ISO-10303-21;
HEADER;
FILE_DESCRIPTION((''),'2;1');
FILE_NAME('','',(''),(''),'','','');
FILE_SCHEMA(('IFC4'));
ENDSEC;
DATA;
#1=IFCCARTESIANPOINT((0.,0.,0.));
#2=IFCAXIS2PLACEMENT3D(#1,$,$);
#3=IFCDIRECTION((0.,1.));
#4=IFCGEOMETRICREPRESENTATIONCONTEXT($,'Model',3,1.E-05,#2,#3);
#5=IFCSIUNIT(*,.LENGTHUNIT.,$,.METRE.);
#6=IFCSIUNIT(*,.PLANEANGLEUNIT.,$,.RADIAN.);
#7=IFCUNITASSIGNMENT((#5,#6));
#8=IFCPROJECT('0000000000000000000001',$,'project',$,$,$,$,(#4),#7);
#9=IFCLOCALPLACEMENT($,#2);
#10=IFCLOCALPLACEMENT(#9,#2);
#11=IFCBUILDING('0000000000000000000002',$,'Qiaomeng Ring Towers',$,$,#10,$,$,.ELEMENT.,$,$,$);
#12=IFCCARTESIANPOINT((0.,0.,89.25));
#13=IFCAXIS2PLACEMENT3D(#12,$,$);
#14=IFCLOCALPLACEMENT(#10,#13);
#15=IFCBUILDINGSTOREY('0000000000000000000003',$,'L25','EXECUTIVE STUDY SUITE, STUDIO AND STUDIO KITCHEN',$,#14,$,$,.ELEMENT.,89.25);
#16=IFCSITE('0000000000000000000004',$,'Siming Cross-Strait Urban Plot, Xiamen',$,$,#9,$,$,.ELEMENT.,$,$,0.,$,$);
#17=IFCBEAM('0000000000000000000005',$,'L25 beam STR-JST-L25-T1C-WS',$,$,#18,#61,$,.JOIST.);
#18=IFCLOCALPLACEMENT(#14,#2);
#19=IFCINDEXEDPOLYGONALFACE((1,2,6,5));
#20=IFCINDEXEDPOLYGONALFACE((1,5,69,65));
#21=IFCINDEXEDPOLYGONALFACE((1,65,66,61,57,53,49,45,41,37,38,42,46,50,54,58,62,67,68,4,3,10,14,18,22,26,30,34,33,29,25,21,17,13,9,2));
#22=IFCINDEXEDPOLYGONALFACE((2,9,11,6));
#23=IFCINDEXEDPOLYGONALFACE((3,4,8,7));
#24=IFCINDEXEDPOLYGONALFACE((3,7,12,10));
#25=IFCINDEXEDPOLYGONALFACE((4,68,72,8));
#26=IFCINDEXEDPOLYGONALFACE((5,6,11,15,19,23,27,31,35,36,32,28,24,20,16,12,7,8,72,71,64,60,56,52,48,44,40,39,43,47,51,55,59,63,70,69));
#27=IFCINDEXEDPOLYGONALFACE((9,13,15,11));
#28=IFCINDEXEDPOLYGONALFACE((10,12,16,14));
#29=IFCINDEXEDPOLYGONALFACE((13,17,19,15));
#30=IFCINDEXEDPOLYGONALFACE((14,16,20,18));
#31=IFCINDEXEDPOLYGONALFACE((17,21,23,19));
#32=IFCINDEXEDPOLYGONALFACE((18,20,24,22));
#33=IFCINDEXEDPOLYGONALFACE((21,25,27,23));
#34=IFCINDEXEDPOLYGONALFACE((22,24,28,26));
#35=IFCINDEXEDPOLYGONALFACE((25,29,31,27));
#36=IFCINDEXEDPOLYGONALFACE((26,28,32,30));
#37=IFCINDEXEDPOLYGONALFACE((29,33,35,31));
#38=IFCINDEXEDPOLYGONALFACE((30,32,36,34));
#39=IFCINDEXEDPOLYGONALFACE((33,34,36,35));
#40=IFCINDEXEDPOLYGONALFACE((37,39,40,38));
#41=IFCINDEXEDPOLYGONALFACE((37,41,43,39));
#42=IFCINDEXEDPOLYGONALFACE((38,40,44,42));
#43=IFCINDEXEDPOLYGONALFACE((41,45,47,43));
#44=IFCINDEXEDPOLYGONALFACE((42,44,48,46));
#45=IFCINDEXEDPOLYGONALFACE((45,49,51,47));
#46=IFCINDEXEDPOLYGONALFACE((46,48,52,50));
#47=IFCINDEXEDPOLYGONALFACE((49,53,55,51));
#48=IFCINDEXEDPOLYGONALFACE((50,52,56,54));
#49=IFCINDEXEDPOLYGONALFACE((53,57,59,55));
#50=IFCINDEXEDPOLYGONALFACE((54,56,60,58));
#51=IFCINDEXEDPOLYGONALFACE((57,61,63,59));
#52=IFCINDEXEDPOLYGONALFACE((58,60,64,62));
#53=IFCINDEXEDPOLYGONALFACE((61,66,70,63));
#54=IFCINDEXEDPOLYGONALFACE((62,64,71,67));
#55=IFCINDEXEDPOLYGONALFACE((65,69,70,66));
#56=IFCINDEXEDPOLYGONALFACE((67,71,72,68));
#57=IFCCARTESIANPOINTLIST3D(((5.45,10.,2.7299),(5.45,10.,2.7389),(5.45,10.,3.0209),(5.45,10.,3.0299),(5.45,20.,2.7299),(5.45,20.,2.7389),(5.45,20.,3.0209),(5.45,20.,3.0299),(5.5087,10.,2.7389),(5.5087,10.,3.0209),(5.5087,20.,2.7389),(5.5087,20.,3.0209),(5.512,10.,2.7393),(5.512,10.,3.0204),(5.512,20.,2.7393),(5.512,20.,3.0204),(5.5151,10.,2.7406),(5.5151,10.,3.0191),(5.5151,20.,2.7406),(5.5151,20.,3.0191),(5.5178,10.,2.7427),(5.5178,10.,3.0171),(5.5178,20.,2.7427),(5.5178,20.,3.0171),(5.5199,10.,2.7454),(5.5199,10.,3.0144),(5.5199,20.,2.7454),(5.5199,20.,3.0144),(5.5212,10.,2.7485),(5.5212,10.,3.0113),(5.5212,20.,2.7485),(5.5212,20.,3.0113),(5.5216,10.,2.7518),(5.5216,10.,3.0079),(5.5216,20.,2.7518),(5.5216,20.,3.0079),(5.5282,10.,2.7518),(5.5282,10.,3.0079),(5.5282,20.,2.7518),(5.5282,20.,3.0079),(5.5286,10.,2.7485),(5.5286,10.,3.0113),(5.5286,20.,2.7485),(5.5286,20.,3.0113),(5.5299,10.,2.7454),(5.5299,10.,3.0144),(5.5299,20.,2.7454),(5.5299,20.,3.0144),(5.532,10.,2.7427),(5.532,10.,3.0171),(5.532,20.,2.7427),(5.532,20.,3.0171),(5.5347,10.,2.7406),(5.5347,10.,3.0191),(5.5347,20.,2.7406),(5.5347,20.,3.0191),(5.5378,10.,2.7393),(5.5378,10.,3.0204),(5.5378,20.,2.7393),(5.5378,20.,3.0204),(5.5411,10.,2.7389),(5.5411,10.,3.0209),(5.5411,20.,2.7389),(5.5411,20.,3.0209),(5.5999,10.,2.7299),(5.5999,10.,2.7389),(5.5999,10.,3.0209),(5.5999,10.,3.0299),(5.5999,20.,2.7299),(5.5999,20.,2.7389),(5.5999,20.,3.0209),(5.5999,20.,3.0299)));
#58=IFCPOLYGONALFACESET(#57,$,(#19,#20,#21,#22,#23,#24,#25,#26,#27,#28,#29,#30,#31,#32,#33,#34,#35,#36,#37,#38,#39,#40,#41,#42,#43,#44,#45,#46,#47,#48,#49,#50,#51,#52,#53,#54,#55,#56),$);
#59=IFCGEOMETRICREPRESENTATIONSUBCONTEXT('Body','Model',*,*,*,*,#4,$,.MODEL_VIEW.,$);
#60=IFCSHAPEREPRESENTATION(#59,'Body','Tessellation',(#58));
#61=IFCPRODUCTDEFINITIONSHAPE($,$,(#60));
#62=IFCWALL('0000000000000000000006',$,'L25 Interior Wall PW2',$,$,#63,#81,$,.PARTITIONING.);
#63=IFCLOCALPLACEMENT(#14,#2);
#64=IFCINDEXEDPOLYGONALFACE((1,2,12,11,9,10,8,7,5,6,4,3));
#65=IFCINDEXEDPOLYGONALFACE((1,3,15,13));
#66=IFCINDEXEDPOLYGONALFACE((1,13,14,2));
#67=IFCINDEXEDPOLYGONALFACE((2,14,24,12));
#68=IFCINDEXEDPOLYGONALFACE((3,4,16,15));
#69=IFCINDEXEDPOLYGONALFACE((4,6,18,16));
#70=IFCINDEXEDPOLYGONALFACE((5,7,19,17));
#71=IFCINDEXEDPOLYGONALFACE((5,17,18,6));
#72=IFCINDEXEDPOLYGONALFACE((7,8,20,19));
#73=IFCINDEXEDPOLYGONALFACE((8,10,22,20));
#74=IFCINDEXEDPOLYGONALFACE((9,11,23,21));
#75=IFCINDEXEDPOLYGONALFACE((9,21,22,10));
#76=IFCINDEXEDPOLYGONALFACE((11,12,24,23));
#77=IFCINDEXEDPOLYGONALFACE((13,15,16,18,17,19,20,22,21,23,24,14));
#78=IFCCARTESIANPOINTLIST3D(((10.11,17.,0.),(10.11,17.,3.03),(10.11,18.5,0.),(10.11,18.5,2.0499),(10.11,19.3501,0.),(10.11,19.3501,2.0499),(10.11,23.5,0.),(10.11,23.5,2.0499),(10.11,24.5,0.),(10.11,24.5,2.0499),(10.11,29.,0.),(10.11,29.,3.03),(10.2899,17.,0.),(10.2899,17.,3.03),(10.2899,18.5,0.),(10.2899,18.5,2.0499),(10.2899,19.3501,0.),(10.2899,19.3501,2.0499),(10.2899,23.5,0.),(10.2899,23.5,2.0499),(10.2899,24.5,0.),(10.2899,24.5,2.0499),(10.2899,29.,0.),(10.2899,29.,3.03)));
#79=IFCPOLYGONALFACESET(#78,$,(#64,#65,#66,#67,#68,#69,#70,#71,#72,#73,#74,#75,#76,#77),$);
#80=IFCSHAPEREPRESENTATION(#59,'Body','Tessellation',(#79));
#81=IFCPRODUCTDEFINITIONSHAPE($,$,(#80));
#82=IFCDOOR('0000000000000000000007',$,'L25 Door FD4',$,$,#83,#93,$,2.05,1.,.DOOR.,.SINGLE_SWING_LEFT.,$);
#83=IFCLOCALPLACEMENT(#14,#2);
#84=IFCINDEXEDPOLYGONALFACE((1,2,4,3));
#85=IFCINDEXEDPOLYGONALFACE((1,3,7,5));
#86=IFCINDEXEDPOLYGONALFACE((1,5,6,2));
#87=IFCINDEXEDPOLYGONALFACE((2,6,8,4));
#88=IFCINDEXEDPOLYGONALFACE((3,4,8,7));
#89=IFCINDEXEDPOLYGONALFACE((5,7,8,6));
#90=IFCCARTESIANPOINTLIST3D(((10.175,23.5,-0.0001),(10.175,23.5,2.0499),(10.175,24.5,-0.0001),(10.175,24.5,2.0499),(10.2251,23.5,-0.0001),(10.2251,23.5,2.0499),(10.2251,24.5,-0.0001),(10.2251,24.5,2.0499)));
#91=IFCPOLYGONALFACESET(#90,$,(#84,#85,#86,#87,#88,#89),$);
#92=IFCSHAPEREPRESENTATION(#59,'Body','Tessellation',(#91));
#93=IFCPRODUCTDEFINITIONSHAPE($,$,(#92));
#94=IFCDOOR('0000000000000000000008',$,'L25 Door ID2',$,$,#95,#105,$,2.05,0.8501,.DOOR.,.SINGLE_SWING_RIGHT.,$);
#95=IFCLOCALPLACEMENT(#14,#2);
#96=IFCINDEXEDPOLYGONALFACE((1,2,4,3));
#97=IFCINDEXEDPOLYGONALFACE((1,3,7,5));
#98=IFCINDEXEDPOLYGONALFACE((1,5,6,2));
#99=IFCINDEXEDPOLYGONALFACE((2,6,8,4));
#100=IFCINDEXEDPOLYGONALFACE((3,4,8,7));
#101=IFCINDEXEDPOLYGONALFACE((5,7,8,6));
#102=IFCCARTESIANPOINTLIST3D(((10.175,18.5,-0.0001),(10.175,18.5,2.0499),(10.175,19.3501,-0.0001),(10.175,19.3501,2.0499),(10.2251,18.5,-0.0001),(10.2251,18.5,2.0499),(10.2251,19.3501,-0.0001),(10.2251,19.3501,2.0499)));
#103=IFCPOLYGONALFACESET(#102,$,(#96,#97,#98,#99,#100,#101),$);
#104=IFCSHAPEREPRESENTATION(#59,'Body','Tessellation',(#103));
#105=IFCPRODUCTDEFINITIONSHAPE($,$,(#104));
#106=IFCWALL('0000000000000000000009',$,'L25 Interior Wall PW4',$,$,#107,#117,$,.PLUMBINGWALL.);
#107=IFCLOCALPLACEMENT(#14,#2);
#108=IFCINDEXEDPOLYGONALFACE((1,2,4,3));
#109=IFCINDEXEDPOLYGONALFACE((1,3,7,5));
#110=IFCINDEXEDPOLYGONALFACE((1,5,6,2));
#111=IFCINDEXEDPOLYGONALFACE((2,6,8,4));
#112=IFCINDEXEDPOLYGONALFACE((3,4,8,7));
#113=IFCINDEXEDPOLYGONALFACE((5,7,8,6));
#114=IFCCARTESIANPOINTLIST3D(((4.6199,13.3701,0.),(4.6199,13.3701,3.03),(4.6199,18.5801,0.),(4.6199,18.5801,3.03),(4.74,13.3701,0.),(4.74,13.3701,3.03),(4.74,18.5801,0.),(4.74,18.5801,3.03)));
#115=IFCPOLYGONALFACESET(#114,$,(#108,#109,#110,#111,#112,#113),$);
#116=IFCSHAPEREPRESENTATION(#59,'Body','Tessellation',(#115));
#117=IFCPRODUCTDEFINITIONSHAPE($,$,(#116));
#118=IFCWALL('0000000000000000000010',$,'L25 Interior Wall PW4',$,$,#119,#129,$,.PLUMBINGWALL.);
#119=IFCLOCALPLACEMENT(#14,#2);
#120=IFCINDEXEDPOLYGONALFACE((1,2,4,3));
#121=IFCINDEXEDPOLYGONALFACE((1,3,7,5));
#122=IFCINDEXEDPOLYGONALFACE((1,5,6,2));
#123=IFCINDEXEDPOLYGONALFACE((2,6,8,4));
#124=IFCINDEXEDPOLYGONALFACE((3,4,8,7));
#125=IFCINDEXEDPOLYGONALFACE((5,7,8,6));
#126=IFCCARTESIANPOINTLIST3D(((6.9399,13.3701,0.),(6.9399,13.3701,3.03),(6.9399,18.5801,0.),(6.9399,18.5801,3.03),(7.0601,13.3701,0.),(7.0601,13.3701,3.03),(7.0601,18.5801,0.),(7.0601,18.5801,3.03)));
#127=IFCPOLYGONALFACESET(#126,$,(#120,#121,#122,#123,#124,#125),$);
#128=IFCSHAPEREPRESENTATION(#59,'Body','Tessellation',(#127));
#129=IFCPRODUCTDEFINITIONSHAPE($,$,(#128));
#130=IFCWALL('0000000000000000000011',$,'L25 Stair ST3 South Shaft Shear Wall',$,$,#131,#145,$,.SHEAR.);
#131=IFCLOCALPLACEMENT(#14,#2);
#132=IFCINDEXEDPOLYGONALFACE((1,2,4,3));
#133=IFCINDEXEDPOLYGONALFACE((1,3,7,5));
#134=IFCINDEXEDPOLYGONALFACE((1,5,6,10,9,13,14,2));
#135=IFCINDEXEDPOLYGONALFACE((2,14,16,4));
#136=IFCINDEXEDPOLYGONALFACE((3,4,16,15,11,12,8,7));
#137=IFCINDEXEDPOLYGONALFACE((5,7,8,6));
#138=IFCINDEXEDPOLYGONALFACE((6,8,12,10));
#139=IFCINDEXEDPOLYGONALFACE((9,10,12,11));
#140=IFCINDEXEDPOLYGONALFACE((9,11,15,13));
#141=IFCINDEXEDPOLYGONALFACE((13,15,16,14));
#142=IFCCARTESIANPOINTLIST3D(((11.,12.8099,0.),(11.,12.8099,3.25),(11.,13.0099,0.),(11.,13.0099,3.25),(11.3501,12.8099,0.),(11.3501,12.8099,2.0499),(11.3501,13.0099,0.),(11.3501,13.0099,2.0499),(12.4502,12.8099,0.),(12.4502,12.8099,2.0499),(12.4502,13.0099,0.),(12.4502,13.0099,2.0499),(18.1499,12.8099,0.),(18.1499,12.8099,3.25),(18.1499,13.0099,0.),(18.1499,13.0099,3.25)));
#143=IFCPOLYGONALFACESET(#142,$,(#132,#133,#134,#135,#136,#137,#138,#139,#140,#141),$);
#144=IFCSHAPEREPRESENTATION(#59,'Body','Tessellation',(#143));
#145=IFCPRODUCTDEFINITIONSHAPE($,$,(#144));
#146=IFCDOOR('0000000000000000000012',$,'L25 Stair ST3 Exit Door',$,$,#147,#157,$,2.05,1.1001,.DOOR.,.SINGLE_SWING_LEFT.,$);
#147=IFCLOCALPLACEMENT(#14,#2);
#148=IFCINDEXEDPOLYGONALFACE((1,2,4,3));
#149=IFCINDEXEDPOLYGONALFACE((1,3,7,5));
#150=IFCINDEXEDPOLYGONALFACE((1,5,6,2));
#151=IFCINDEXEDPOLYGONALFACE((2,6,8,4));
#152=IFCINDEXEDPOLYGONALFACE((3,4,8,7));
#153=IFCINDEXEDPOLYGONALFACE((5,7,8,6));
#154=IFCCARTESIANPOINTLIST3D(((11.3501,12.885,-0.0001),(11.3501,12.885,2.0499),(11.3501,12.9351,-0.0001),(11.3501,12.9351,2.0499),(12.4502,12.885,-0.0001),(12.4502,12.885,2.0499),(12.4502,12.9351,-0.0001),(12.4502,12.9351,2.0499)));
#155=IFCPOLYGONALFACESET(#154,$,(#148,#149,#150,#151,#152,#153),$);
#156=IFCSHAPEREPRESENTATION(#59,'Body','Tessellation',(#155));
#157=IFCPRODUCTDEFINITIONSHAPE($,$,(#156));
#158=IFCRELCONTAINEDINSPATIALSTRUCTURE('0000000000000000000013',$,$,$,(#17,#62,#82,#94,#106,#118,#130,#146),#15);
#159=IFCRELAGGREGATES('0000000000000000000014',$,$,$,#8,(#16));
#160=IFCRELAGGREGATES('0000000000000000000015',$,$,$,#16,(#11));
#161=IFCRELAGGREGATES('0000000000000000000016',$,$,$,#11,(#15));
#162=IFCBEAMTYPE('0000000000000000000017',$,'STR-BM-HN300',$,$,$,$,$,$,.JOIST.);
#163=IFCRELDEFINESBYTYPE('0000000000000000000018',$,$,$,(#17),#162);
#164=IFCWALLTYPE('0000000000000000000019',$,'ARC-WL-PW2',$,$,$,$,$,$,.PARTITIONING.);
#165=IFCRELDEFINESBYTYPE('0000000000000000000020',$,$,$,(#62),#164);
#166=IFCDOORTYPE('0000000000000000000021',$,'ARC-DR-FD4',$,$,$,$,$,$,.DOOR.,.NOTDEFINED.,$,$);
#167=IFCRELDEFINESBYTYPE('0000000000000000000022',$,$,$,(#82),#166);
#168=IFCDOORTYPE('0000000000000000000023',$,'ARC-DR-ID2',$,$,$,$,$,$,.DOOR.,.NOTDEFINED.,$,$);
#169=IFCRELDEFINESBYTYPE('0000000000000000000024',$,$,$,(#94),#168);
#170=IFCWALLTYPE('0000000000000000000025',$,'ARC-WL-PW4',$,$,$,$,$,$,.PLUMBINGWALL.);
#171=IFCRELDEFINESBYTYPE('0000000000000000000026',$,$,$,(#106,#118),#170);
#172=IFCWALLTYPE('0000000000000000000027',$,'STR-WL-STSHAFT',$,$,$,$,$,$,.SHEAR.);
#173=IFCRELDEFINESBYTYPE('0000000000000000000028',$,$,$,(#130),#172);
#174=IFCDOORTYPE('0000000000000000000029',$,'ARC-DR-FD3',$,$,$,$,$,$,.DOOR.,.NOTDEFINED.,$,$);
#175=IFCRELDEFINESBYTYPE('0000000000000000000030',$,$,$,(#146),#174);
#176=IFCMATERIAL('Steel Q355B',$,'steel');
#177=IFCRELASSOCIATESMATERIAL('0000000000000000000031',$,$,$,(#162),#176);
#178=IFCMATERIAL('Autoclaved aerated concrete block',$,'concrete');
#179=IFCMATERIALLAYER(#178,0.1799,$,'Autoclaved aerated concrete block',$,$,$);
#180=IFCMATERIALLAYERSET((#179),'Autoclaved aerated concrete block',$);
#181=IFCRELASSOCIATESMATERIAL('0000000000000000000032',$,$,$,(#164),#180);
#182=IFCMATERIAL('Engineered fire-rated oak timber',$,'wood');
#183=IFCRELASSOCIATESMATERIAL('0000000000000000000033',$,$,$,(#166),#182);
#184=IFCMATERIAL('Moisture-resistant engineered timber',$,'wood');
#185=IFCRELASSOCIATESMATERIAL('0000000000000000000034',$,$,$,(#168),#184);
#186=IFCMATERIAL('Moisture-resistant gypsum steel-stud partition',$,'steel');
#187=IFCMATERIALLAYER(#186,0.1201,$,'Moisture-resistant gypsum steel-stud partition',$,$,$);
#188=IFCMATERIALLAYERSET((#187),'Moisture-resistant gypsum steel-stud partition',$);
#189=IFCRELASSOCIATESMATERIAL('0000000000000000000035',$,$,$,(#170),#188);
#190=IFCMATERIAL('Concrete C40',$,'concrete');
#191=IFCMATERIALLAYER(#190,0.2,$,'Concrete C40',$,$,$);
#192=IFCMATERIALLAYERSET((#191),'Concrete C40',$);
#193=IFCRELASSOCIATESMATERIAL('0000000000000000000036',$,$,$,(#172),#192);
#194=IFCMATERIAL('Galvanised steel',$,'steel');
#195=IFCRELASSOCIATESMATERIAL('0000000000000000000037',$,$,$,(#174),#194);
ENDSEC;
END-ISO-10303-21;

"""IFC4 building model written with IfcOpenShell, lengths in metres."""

from ifc_helpers import new_model, si_unit, direction, frame, frame_2d, origin, origin_2d, place, context, subcontext, project, spatial, rectangle, i_section, extrude, source, transform, mapped, material, layer, layer_set, material_profile, profile_set, type_object, element, fill, save


model = new_model("IFC4")

# Units and contexts
model_context = context("Model", 3, precision=1e-05, world=origin(), true_north=direction((0.0, 1.0)))
body_context = subcontext(model_context, "Body", "Model", "MODEL_VIEW")
ifc_project = project(units=[si_unit("LENGTHUNIT", "METRE"), si_unit("PLANEANGLEUNIT", "RADIAN")], contexts=[model_context])

# Site, building, storey
site_placement = place(None, origin())
site = spatial("IfcSite", under=ifc_project, at=site_placement, Name="Siming Cross-Strait Urban Plot, Xiamen", CompositionType="ELEMENT", RefElevation=0.0)
building_placement = place(site_placement, origin())
building = spatial("IfcBuilding", under=site, at=building_placement, Name="Qiaomeng Ring Towers", CompositionType="ELEMENT")
storey_placement = place(building_placement, frame((0.0, 0.0, 89.25)))
storey = spatial("IfcBuildingStorey", under=building, at=storey_placement, Name="L25", Description="EXECUTIVE STUDY SUITE, STUDIO AND STUDIO KITCHEN", CompositionType="ELEMENT", Elevation=89.25)

# Beam
ifc_material_1 = material(Name="Steel Q355B", Category="steel")
ifc_material_profile = material_profile(ifc_material_1, i_section(OverallWidth=0.1499, OverallDepth=0.3, WebThickness=0.0066, FlangeThickness=0.009, FilletRadius=0.0129, at=origin_2d()), Name="HN 300x150x6.5x9")
ifc_profile_set = profile_set([ifc_material_profile], Name="Steel Q355B")
beam_type = type_object("IfcBeamType", Name="STR-BM-HN300", PredefinedType="JOIST", material=ifc_profile_set)
shared_shape_1 = source(origin(), body_context, "Body", "SweptSolid", [
    extrude(i_section(OverallWidth=0.1499, OverallDepth=0.3, WebThickness=0.0066, FlangeThickness=0.009, FilletRadius=0.0129, at=origin_2d()), origin(), (0.0, 0.0, 1.0), 10.0),
])
beam_placement = place(storey_placement, frame((5.5249, 10.0, 2.8799), z_axis=(0.0, 1.0, 0.0), x_axis=(-1.0, 0.0, 0.0)))
element("IfcBeam", 1, at=beam_placement, inside=storey, type_object=beam_type, Name="L25 beam STR-JST-L25-T1C-WS", PredefinedType="JOIST", context=body_context, shape_type="MappedRepresentation", body=[
    mapped(shared_shape_1, transform((0.0, 0.0, 0.0), x_axis=(1.0, 0.0, 0.0), y_axis=(0.0, 1.0, 0.0), z_axis=(0.0, 0.0, 1.0), scale=1.0)),
])

# Wall, openings, doors
ifc_material_2 = material(Name="Autoclaved aerated concrete block", Category="concrete")
ifc_layer_1 = layer(ifc_material_2, 0.1799, Name="Autoclaved aerated concrete block")
ifc_layer_set_1 = layer_set([ifc_layer_1], Name="Autoclaved aerated concrete block")
wall_type_1 = type_object("IfcWallType", Name="ARC-WL-PW2", PredefinedType="PARTITIONING", material=ifc_layer_set_1)
wall_1_placement = place(storey_placement, frame((10.2, 17.0, 0.0), z_axis=(0.0, 0.0, 1.0), x_axis=(0.0, 1.0, 0.0)))
wall_1 = element("IfcWall", 2, at=wall_1_placement, inside=storey, type_object=wall_type_1, Name="L25 Interior Wall PW2", PredefinedType="PARTITIONING", context=body_context, shape_type="SweptSolid", body=[
    extrude(rectangle(XDim=12.0, YDim=0.1799, at=frame_2d((6.0, 0.0))), origin(), (0.0, 0.0, 1.0), 3.03),
])
opening_1_placement = place(wall_1_placement, frame((1.5, 0.0, 0.0)))
opening_1 = element("IfcOpeningElement", 3, at=opening_1_placement, cuts=wall_1, PredefinedType="OPENING", context=body_context, shape_type="SweptSolid", body=[
    extrude(rectangle(XDim=0.8501, YDim=2.05, at=frame_2d((0.425, 1.0249))), frame((0.0, 0.0999, 0.0), z_axis=(0.0, -1.0, 0.0), x_axis=(1.0, 0.0, 0.0)), (0.0, 0.0, 1.0), 0.2),
])
opening_2_placement = place(wall_1_placement, frame((6.5, 0.0, 0.0)))
opening_2 = element("IfcOpeningElement", 4, at=opening_2_placement, cuts=wall_1, PredefinedType="OPENING", context=body_context, shape_type="SweptSolid", body=[
    extrude(rectangle(XDim=1.0, YDim=2.05, at=frame_2d((0.5, 1.0249))), frame((0.0, 0.0999, 0.0), z_axis=(0.0, -1.0, 0.0), x_axis=(1.0, 0.0, 0.0)), (0.0, 0.0, 1.0), 0.2),
])
ifc_material_3 = material(Name="Engineered fire-rated oak timber", Category="wood")
door_type_1 = type_object("IfcDoorType", Name="ARC-DR-FD4", OperationType="NOTDEFINED", PredefinedType="DOOR", material=ifc_material_3)
shared_shape_2 = source(origin(), body_context, "Body", "SweptSolid", [
    extrude(rectangle(XDim=1.0, YDim=2.05, at=frame_2d((0.5, 1.0249))), frame((0.0, 0.0249, 0.0), z_axis=(0.0, -1.0, 0.0), x_axis=(1.0, 0.0, 0.0)), (0.0, 0.0, 1.0), 0.05),
])
door_1_placement = place(opening_2_placement, origin())
door_1 = element("IfcDoor", 5, at=door_1_placement, inside=storey, type_object=door_type_1, Name="L25 Door FD4", OperationType="SINGLE_SWING_LEFT", OverallHeight=2.05, OverallWidth=1.0, PredefinedType="DOOR", context=body_context, shape_type="MappedRepresentation", body=[
    mapped(shared_shape_2, transform((0.0, 0.0, 0.0), x_axis=(1.0, 0.0, 0.0), y_axis=(0.0, 1.0, 0.0), z_axis=(0.0, 0.0, 1.0), scale=1.0)),
])
fill(opening_2, door_1)
ifc_material_4 = material(Name="Moisture-resistant engineered timber", Category="wood")
door_type_2 = type_object("IfcDoorType", Name="ARC-DR-ID2", OperationType="NOTDEFINED", PredefinedType="DOOR", material=ifc_material_4)
shared_shape_3 = source(origin(), body_context, "Body", "SweptSolid", [
    extrude(rectangle(XDim=0.8501, YDim=2.05, at=frame_2d((0.425, 1.0249))), frame((0.0, 0.0249, 0.0), z_axis=(0.0, -1.0, 0.0), x_axis=(1.0, 0.0, 0.0)), (0.0, 0.0, 1.0), 0.05),
])
door_2_placement = place(opening_1_placement, origin())
door_2 = element("IfcDoor", 6, at=door_2_placement, inside=storey, type_object=door_type_2, Name="L25 Door ID2", OperationType="SINGLE_SWING_RIGHT", OverallHeight=2.05, OverallWidth=0.8501, PredefinedType="DOOR", context=body_context, shape_type="MappedRepresentation", body=[
    mapped(shared_shape_3, transform((0.0, 0.0, 0.0), x_axis=(1.0, 0.0, 0.0), y_axis=(0.0, 1.0, 0.0), z_axis=(0.0, 0.0, 1.0), scale=1.0)),
])
fill(opening_1, door_2)

# Walls
ifc_material_5 = material(Name="Moisture-resistant gypsum steel-stud partition", Category="steel")
ifc_layer_2 = layer(ifc_material_5, 0.1201, Name="Moisture-resistant gypsum steel-stud partition")
ifc_layer_set_2 = layer_set([ifc_layer_2], Name="Moisture-resistant gypsum steel-stud partition")
wall_type_2 = type_object("IfcWallType", Name="ARC-WL-PW4", PredefinedType="PLUMBINGWALL", material=ifc_layer_set_2)
for number, where, z_axis, x_axis, name in (
    (7, (4.6799, 13.3701, 0.0), (0.0, 0.0, 1.0), (0.0, 1.0, 0.0), "L25 Interior Wall PW4"),
    (8, (7.0, 13.3701, 0.0), (0.0, 0.0, 1.0), (0.0, 1.0, 0.0), "L25 Interior Wall PW4"),
):
    element("IfcWall", number, at=place(storey_placement, frame(where, z_axis=z_axis, x_axis=x_axis)), inside=storey, type_object=wall_type_2, Name=name, PredefinedType="PLUMBINGWALL", context=body_context, shape_type="SweptSolid", body=[
        extrude(rectangle(XDim=5.21, YDim=0.1201, at=frame_2d((2.605, 0.0))), origin(), (0.0, 0.0, 1.0), 3.03),
    ])

# Wall, opening, door
ifc_material_6 = material(Name="Concrete C40", Category="concrete")
ifc_layer_3 = layer(ifc_material_6, 0.2, Name="Concrete C40")
ifc_layer_set_3 = layer_set([ifc_layer_3], Name="Concrete C40")
wall_type_3 = type_object("IfcWallType", Name="STR-WL-STSHAFT", PredefinedType="SHEAR", material=ifc_layer_set_3)
wall_2_placement = place(storey_placement, frame((11.0, 12.9099, 0.0), z_axis=(0.0, 0.0, 1.0), x_axis=(1.0, 0.0, 0.0)))
wall_2 = element("IfcWall", 9, at=wall_2_placement, inside=storey, type_object=wall_type_3, Name="L25 Stair ST3 South Shaft Shear Wall", PredefinedType="SHEAR", context=body_context, shape_type="SweptSolid", body=[
    extrude(rectangle(XDim=7.1499, YDim=0.2, at=frame_2d((3.575, 0.0))), origin(), (0.0, 0.0, 1.0), 3.25),
])
opening_3_placement = place(wall_2_placement, frame((0.3501, 0.0, 0.0)))
opening_3 = element("IfcOpeningElement", 10, at=opening_3_placement, cuts=wall_2, PredefinedType="OPENING", context=body_context, shape_type="SweptSolid", body=[
    extrude(rectangle(XDim=1.1001, YDim=2.05, at=frame_2d((0.55, 1.0249))), frame((0.0, 0.1099, 0.0), z_axis=(0.0, -1.0, 0.0), x_axis=(1.0, 0.0, 0.0)), (0.0, 0.0, 1.0), 0.22),
])
ifc_material_7 = material(Name="Galvanised steel", Category="steel")
door_type_3 = type_object("IfcDoorType", Name="ARC-DR-FD3", OperationType="NOTDEFINED", PredefinedType="DOOR", material=ifc_material_7)
shared_shape_4 = source(origin(), body_context, "Body", "SweptSolid", [
    extrude(rectangle(XDim=1.1001, YDim=2.05, at=frame_2d((0.55, 1.0249))), frame((0.0, 0.0249, 0.0), z_axis=(0.0, -1.0, 0.0), x_axis=(1.0, 0.0, 0.0)), (0.0, 0.0, 1.0), 0.05),
])
door_3_placement = place(opening_3_placement, frame((1.1001, 0.0, 0.0), z_axis=(0.0, 0.0, 1.0), x_axis=(-1.0, 0.0, 0.0)))
door_3 = element("IfcDoor", 11, at=door_3_placement, inside=storey, type_object=door_type_3, Name="L25 Stair ST3 Exit Door", OperationType="SINGLE_SWING_LEFT", OverallHeight=2.05, OverallWidth=1.1001, PredefinedType="DOOR", context=body_context, shape_type="MappedRepresentation", body=[
    mapped(shared_shape_4, transform((0.0, 0.0, 0.0), x_axis=(1.0, 0.0, 0.0), y_axis=(0.0, 1.0, 0.0), z_axis=(0.0, 0.0, 1.0), scale=1.0)),
])
fill(opening_3, door_3)

save(model, "model.ifc")
